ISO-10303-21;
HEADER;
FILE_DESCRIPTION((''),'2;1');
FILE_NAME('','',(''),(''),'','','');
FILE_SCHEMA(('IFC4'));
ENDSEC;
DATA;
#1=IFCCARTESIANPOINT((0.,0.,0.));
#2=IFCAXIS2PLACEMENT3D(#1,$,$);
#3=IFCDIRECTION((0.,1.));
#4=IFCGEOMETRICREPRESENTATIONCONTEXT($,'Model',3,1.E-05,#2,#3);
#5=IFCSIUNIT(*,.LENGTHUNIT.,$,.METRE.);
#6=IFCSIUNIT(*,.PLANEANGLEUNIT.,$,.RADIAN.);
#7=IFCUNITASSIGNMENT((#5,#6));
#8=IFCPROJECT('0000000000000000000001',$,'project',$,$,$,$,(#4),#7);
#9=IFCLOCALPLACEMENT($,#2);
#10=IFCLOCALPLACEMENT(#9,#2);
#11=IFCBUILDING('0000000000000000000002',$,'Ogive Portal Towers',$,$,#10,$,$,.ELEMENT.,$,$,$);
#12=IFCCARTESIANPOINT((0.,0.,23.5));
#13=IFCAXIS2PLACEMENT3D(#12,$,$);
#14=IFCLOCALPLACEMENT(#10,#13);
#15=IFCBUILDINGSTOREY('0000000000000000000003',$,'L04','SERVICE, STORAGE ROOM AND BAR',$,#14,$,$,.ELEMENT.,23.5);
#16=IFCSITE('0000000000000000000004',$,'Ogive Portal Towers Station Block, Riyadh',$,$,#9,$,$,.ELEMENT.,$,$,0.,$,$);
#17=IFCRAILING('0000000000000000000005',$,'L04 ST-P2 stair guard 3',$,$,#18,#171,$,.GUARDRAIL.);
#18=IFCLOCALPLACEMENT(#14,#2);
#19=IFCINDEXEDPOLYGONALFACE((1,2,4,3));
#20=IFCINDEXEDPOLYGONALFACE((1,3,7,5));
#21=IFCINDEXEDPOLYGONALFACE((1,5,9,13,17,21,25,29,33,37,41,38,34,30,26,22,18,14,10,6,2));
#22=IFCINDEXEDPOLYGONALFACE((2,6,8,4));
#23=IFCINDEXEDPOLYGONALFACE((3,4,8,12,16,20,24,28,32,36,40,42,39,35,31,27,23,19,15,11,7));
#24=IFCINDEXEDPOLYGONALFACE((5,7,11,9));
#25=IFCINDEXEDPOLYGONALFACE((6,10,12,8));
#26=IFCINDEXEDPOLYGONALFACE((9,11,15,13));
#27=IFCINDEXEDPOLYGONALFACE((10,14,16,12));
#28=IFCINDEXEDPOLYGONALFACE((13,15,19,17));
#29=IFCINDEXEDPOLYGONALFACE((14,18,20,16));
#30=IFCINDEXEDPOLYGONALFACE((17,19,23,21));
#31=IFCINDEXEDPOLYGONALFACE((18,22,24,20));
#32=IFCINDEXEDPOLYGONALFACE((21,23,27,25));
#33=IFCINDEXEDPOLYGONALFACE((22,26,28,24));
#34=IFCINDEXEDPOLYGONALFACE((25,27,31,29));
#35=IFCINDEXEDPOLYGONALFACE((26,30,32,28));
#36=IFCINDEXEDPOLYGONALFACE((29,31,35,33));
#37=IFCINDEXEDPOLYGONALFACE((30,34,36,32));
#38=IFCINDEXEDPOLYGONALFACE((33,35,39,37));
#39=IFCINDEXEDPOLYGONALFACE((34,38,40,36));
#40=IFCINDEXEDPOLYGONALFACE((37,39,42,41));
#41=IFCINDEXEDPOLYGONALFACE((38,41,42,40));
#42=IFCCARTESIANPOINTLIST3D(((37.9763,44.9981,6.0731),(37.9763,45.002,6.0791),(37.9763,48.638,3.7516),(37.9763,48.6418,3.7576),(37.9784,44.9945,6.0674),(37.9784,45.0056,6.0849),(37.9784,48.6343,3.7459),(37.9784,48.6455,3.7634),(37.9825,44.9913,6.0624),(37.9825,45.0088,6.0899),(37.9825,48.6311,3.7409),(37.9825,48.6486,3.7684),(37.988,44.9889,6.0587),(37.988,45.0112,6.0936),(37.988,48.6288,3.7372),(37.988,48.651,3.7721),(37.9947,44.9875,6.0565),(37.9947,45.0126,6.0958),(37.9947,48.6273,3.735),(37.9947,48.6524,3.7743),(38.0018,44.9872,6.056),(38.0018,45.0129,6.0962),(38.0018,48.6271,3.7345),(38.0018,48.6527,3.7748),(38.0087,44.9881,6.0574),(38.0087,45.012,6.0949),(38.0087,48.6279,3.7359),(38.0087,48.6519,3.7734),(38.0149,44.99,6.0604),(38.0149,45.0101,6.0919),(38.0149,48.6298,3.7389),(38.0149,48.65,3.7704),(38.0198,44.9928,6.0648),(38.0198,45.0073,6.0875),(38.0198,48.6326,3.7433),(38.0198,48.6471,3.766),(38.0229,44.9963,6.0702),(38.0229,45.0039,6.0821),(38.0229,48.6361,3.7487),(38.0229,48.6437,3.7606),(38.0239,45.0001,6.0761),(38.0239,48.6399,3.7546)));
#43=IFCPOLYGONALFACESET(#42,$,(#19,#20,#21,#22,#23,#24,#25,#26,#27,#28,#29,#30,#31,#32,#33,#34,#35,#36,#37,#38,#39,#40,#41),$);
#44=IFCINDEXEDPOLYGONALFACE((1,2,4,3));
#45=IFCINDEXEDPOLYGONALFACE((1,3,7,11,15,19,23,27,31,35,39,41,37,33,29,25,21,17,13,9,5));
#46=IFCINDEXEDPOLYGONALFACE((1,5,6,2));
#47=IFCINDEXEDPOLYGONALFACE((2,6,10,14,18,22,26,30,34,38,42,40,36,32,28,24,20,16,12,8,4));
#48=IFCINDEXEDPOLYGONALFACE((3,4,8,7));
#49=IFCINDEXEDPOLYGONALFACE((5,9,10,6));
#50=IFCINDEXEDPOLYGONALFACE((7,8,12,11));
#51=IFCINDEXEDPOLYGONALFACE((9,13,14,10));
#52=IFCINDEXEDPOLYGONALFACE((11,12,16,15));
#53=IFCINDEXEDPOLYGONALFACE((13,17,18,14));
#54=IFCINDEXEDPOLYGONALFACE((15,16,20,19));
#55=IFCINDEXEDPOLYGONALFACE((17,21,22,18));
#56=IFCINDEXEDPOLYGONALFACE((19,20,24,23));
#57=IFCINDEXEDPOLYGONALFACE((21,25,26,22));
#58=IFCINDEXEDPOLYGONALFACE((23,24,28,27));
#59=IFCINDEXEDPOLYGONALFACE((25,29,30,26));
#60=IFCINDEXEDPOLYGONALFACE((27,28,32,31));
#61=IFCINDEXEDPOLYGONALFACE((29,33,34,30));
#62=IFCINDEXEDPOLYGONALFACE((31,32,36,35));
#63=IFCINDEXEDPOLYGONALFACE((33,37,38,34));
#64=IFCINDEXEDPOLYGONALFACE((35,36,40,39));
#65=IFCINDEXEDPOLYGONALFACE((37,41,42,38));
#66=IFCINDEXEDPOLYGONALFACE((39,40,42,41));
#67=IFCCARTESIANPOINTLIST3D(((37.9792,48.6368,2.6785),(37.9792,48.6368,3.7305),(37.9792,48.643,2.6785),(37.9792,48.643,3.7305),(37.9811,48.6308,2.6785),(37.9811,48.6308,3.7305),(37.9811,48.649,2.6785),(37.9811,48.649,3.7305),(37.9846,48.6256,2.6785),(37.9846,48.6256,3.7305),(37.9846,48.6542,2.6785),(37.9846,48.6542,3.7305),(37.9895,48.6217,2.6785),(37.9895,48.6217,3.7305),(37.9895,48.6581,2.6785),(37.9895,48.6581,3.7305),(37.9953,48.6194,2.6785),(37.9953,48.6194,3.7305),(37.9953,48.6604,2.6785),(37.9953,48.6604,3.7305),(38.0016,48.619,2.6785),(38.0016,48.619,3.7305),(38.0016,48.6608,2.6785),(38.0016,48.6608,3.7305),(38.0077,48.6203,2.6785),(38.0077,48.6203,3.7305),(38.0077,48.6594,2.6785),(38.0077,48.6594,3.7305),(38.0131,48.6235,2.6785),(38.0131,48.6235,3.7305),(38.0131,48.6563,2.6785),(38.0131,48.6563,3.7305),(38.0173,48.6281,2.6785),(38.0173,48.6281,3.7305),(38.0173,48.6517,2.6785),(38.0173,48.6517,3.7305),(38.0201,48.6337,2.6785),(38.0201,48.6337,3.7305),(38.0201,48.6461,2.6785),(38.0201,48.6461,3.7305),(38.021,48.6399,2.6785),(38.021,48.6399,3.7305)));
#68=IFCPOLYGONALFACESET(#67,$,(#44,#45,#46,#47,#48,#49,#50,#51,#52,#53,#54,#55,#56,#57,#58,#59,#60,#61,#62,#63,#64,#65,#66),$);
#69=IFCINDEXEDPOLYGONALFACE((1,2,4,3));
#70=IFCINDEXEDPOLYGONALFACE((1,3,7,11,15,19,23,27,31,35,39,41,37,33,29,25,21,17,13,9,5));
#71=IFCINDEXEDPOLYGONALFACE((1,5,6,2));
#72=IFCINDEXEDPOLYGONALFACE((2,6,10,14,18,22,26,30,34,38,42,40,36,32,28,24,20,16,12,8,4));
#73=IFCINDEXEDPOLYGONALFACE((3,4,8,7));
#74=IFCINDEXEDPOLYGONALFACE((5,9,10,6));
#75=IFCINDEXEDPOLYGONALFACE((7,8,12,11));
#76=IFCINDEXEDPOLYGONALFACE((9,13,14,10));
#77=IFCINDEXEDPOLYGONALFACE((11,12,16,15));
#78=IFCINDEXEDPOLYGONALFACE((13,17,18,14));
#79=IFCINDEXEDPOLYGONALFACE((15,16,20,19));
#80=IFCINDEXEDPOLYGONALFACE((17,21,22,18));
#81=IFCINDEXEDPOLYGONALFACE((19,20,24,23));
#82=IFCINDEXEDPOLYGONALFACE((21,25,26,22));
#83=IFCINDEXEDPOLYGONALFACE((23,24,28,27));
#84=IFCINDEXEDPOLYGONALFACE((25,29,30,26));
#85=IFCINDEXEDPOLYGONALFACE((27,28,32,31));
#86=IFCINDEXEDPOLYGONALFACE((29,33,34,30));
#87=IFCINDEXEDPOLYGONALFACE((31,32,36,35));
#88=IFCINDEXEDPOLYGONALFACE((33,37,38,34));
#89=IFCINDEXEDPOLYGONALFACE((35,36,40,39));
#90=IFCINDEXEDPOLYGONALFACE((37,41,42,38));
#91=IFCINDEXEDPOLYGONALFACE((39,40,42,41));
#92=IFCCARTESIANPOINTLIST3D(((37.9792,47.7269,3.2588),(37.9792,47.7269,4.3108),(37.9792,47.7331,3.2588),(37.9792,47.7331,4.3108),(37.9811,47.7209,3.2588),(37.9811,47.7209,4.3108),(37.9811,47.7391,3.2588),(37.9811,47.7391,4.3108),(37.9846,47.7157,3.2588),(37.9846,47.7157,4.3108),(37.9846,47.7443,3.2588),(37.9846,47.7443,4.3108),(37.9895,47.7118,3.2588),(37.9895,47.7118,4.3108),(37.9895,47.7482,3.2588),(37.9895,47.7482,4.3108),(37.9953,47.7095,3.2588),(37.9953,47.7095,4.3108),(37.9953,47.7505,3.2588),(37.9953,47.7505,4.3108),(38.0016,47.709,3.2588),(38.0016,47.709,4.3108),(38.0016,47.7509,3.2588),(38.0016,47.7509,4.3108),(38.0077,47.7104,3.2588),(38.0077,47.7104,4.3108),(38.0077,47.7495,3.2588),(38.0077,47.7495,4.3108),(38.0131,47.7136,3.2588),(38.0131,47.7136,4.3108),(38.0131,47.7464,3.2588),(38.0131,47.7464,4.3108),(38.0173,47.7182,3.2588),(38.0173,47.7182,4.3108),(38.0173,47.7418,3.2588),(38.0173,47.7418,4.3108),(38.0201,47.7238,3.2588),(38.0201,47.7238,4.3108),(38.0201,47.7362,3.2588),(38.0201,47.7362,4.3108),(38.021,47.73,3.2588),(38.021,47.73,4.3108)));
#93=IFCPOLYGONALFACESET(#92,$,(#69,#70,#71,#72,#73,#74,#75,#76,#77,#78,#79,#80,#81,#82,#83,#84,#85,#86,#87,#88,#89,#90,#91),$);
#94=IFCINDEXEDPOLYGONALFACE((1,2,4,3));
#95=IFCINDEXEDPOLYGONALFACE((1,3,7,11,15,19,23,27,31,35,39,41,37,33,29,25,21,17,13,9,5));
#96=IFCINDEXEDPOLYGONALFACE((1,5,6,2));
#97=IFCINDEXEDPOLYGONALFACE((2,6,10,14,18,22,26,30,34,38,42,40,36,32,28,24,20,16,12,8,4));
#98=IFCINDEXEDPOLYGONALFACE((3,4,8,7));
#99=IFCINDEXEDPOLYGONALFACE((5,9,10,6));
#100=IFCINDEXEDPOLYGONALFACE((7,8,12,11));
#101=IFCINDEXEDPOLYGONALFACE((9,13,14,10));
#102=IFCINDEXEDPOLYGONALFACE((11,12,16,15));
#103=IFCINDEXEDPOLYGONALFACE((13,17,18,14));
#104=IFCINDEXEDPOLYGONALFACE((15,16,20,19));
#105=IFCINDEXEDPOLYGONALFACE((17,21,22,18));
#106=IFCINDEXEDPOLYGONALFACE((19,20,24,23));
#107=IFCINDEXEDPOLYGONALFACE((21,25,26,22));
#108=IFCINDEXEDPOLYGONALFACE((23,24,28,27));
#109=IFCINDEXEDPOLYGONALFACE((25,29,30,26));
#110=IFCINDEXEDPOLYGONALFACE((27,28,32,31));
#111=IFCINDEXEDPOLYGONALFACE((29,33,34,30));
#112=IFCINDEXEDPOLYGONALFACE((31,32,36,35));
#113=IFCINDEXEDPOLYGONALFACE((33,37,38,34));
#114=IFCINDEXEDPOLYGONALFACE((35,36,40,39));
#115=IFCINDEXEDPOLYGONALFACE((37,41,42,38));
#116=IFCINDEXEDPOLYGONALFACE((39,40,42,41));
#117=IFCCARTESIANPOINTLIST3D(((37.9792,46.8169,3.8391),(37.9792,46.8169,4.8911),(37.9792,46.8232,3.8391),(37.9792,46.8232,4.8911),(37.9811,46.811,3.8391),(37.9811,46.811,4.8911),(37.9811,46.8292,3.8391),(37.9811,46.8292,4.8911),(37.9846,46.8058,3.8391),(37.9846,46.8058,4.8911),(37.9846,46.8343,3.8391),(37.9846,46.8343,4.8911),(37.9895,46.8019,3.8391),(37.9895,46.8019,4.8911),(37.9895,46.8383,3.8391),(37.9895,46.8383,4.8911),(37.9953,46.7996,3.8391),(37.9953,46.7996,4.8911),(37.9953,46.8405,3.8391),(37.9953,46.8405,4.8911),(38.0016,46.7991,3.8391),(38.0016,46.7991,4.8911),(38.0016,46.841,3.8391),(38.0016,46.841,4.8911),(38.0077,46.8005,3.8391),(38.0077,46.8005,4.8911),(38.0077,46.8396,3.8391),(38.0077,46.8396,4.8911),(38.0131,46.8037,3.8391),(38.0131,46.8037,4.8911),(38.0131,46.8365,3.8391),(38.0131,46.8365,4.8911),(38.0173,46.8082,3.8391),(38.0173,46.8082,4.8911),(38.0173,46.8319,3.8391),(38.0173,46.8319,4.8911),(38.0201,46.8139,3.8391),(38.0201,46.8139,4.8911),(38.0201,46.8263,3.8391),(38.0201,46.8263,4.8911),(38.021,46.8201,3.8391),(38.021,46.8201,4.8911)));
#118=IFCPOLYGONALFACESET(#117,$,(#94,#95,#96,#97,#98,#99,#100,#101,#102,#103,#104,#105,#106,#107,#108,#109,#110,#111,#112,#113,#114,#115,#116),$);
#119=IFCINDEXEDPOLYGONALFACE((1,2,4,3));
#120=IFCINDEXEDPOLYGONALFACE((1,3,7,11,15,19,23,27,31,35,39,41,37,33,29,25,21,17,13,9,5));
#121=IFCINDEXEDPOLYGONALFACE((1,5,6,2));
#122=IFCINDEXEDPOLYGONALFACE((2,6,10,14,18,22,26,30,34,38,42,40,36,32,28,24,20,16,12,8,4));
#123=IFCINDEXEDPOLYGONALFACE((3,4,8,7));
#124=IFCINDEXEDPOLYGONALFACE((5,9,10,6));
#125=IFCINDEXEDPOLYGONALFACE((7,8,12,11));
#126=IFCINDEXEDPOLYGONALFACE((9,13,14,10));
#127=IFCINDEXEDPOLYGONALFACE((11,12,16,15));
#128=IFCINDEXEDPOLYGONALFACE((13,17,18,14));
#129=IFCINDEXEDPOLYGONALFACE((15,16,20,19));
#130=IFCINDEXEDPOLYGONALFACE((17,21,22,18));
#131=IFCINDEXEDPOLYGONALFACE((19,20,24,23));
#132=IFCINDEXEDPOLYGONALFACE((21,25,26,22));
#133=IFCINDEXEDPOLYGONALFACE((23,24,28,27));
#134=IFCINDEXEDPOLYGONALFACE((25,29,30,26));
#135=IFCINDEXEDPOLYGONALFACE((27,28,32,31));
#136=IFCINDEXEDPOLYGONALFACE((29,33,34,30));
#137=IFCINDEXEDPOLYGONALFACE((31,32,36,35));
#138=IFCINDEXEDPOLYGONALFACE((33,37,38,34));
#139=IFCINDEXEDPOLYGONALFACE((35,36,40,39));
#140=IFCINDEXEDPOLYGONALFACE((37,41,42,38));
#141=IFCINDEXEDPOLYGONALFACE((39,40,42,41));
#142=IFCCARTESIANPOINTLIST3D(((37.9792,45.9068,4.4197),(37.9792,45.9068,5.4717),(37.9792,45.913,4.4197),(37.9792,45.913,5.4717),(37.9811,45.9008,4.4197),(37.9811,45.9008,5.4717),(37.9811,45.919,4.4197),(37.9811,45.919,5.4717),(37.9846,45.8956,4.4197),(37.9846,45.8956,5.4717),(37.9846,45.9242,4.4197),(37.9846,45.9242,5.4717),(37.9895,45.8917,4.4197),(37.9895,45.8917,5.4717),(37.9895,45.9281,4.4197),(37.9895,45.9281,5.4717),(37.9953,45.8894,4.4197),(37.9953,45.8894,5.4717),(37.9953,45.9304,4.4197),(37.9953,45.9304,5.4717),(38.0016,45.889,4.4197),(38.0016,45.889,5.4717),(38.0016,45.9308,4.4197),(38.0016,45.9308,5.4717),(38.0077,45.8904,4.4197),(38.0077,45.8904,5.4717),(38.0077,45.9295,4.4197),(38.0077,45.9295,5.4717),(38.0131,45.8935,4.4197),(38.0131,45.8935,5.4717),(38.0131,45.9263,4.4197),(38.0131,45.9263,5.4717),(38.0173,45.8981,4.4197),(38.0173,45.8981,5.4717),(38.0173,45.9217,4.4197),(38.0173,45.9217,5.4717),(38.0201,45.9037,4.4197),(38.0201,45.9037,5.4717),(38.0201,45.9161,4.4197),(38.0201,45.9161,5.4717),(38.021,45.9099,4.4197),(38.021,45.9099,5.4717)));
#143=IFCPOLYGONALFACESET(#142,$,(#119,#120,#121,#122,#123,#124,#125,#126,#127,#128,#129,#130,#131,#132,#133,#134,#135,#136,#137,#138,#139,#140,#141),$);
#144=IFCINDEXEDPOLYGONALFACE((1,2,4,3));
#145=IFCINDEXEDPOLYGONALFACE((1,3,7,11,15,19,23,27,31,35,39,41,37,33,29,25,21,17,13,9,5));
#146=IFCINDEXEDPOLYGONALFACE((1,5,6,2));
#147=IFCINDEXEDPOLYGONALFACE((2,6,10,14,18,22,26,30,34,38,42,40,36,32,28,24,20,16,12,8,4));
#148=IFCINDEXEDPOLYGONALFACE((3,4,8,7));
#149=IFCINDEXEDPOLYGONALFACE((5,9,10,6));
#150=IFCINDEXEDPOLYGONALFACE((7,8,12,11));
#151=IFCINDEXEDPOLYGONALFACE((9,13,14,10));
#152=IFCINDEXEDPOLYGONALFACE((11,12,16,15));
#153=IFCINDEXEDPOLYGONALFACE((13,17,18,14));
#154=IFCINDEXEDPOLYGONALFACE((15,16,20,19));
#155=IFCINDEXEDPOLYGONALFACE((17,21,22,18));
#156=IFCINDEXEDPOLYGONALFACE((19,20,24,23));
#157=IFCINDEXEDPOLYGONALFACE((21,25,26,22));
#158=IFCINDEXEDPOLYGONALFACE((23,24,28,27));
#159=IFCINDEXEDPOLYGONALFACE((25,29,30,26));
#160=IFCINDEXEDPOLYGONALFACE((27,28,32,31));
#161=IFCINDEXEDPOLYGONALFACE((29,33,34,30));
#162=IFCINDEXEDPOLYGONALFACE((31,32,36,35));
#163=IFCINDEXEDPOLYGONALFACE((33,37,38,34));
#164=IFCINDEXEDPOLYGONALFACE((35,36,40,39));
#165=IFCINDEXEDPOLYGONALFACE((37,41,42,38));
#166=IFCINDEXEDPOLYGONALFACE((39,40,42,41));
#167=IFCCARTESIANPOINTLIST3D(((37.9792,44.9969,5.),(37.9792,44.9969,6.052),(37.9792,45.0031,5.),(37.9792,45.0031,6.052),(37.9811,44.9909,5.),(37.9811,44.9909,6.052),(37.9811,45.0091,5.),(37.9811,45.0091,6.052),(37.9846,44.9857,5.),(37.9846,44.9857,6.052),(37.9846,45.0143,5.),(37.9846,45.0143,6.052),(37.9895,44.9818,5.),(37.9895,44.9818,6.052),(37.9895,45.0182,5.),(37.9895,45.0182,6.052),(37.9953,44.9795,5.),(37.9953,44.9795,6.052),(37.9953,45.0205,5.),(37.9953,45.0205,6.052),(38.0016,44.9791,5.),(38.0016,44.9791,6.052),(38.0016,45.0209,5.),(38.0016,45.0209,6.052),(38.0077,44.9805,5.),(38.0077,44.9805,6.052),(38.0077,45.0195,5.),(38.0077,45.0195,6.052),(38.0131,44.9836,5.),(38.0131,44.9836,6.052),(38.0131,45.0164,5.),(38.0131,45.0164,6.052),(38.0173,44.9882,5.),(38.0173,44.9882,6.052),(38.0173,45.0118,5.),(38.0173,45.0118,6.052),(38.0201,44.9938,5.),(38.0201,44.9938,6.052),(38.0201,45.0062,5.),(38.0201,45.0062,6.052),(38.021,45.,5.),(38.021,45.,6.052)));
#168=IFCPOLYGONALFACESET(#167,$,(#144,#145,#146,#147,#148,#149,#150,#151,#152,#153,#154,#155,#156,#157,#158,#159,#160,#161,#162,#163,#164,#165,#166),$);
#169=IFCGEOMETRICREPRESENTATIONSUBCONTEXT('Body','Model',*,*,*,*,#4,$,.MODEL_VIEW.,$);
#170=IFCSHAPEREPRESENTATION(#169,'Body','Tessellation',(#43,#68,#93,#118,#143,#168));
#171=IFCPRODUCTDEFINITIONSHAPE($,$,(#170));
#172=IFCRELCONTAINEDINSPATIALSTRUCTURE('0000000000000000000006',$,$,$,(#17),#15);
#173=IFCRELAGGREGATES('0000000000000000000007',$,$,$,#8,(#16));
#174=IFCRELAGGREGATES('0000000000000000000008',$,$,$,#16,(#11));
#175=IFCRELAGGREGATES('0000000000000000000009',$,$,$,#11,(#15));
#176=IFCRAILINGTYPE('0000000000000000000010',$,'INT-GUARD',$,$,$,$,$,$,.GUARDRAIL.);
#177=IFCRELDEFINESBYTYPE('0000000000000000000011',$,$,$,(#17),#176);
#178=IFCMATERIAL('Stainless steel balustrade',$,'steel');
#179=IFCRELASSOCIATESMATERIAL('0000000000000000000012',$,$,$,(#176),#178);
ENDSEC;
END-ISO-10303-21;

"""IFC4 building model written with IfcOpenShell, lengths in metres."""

from ifc_helpers import new_model, si_unit, direction, frame, origin, origin_2d, place, context, subcontext, project, spatial, circle, extrude, material, type_object, element, save


model = new_model("IFC4")

# Units and contexts
model_context = context("Model", 3, precision=1e-05, world=origin(), true_north=direction((0.0, 1.0)))
body_context = subcontext(model_context, "Body", "Model", "MODEL_VIEW")
ifc_project = project(units=[si_unit("LENGTHUNIT", "METRE"), si_unit("PLANEANGLEUNIT", "RADIAN")], contexts=[model_context])

# Site, building, storey
site_placement = place(None, origin())
site = spatial("IfcSite", under=ifc_project, at=site_placement, Name="Ogive Portal Towers Station Block, Riyadh", CompositionType="ELEMENT", RefElevation=0.0)
building_placement = place(site_placement, origin())
building = spatial("IfcBuilding", under=site, at=building_placement, Name="Ogive Portal Towers", CompositionType="ELEMENT")
storey_placement = place(building_placement, frame((0.0, 0.0, 23.5)))
storey = spatial("IfcBuildingStorey", under=building, at=storey_placement, Name="L04", Description="SERVICE, STORAGE ROOM AND BAR", CompositionType="ELEMENT", Elevation=23.5)

# Railing
ifc_material_1 = material(Name="Stainless steel balustrade", Category="steel")
railing_type_1 = type_object("IfcRailingType", Name="INT-GUARD", PredefinedType="GUARDRAIL", material=ifc_material_1)
railing_1_placement = place(storey_placement, frame((38.0, 48.6399, 2.6785)))
element("IfcRailing", 1, at=railing_1_placement, inside=storey, type_object=railing_type_1, Name="L04 ST-P2 stair guard 3", PredefinedType="GUARDRAIL", context=body_context, shape_type="SweptSolid", body=[
    extrude(circle(Radius=0.0239, at=origin_2d()), frame((0.0, 0.0, 1.0762), z_axis=(0.0, -0.843112, 0.537739), x_axis=(1.0, 0.0, 0.0)), (0.0, 0.0, 1.0), 4.3171),
    extrude(circle(Radius=0.021, at=origin_2d()), origin(), (0.0, 0.0, 1.0), 1.052),
    extrude(circle(Radius=0.021, at=origin_2d()), frame((0.0, -0.9099, 0.5803)), (0.0, 0.0, 1.0), 1.052),
    extrude(circle(Radius=0.021, at=origin_2d()), frame((0.0, -1.8198, 1.1606)), (0.0, 0.0, 1.0), 1.052),
    extrude(circle(Radius=0.021, at=origin_2d()), frame((0.0, -2.73, 1.7412)), (0.0, 0.0, 1.0), 1.052),
    extrude(circle(Radius=0.021, at=origin_2d()), frame((0.0, -3.6399, 2.3215)), (0.0, 0.0, 1.0), 1.052),
])

save(model, "model.ifc")
